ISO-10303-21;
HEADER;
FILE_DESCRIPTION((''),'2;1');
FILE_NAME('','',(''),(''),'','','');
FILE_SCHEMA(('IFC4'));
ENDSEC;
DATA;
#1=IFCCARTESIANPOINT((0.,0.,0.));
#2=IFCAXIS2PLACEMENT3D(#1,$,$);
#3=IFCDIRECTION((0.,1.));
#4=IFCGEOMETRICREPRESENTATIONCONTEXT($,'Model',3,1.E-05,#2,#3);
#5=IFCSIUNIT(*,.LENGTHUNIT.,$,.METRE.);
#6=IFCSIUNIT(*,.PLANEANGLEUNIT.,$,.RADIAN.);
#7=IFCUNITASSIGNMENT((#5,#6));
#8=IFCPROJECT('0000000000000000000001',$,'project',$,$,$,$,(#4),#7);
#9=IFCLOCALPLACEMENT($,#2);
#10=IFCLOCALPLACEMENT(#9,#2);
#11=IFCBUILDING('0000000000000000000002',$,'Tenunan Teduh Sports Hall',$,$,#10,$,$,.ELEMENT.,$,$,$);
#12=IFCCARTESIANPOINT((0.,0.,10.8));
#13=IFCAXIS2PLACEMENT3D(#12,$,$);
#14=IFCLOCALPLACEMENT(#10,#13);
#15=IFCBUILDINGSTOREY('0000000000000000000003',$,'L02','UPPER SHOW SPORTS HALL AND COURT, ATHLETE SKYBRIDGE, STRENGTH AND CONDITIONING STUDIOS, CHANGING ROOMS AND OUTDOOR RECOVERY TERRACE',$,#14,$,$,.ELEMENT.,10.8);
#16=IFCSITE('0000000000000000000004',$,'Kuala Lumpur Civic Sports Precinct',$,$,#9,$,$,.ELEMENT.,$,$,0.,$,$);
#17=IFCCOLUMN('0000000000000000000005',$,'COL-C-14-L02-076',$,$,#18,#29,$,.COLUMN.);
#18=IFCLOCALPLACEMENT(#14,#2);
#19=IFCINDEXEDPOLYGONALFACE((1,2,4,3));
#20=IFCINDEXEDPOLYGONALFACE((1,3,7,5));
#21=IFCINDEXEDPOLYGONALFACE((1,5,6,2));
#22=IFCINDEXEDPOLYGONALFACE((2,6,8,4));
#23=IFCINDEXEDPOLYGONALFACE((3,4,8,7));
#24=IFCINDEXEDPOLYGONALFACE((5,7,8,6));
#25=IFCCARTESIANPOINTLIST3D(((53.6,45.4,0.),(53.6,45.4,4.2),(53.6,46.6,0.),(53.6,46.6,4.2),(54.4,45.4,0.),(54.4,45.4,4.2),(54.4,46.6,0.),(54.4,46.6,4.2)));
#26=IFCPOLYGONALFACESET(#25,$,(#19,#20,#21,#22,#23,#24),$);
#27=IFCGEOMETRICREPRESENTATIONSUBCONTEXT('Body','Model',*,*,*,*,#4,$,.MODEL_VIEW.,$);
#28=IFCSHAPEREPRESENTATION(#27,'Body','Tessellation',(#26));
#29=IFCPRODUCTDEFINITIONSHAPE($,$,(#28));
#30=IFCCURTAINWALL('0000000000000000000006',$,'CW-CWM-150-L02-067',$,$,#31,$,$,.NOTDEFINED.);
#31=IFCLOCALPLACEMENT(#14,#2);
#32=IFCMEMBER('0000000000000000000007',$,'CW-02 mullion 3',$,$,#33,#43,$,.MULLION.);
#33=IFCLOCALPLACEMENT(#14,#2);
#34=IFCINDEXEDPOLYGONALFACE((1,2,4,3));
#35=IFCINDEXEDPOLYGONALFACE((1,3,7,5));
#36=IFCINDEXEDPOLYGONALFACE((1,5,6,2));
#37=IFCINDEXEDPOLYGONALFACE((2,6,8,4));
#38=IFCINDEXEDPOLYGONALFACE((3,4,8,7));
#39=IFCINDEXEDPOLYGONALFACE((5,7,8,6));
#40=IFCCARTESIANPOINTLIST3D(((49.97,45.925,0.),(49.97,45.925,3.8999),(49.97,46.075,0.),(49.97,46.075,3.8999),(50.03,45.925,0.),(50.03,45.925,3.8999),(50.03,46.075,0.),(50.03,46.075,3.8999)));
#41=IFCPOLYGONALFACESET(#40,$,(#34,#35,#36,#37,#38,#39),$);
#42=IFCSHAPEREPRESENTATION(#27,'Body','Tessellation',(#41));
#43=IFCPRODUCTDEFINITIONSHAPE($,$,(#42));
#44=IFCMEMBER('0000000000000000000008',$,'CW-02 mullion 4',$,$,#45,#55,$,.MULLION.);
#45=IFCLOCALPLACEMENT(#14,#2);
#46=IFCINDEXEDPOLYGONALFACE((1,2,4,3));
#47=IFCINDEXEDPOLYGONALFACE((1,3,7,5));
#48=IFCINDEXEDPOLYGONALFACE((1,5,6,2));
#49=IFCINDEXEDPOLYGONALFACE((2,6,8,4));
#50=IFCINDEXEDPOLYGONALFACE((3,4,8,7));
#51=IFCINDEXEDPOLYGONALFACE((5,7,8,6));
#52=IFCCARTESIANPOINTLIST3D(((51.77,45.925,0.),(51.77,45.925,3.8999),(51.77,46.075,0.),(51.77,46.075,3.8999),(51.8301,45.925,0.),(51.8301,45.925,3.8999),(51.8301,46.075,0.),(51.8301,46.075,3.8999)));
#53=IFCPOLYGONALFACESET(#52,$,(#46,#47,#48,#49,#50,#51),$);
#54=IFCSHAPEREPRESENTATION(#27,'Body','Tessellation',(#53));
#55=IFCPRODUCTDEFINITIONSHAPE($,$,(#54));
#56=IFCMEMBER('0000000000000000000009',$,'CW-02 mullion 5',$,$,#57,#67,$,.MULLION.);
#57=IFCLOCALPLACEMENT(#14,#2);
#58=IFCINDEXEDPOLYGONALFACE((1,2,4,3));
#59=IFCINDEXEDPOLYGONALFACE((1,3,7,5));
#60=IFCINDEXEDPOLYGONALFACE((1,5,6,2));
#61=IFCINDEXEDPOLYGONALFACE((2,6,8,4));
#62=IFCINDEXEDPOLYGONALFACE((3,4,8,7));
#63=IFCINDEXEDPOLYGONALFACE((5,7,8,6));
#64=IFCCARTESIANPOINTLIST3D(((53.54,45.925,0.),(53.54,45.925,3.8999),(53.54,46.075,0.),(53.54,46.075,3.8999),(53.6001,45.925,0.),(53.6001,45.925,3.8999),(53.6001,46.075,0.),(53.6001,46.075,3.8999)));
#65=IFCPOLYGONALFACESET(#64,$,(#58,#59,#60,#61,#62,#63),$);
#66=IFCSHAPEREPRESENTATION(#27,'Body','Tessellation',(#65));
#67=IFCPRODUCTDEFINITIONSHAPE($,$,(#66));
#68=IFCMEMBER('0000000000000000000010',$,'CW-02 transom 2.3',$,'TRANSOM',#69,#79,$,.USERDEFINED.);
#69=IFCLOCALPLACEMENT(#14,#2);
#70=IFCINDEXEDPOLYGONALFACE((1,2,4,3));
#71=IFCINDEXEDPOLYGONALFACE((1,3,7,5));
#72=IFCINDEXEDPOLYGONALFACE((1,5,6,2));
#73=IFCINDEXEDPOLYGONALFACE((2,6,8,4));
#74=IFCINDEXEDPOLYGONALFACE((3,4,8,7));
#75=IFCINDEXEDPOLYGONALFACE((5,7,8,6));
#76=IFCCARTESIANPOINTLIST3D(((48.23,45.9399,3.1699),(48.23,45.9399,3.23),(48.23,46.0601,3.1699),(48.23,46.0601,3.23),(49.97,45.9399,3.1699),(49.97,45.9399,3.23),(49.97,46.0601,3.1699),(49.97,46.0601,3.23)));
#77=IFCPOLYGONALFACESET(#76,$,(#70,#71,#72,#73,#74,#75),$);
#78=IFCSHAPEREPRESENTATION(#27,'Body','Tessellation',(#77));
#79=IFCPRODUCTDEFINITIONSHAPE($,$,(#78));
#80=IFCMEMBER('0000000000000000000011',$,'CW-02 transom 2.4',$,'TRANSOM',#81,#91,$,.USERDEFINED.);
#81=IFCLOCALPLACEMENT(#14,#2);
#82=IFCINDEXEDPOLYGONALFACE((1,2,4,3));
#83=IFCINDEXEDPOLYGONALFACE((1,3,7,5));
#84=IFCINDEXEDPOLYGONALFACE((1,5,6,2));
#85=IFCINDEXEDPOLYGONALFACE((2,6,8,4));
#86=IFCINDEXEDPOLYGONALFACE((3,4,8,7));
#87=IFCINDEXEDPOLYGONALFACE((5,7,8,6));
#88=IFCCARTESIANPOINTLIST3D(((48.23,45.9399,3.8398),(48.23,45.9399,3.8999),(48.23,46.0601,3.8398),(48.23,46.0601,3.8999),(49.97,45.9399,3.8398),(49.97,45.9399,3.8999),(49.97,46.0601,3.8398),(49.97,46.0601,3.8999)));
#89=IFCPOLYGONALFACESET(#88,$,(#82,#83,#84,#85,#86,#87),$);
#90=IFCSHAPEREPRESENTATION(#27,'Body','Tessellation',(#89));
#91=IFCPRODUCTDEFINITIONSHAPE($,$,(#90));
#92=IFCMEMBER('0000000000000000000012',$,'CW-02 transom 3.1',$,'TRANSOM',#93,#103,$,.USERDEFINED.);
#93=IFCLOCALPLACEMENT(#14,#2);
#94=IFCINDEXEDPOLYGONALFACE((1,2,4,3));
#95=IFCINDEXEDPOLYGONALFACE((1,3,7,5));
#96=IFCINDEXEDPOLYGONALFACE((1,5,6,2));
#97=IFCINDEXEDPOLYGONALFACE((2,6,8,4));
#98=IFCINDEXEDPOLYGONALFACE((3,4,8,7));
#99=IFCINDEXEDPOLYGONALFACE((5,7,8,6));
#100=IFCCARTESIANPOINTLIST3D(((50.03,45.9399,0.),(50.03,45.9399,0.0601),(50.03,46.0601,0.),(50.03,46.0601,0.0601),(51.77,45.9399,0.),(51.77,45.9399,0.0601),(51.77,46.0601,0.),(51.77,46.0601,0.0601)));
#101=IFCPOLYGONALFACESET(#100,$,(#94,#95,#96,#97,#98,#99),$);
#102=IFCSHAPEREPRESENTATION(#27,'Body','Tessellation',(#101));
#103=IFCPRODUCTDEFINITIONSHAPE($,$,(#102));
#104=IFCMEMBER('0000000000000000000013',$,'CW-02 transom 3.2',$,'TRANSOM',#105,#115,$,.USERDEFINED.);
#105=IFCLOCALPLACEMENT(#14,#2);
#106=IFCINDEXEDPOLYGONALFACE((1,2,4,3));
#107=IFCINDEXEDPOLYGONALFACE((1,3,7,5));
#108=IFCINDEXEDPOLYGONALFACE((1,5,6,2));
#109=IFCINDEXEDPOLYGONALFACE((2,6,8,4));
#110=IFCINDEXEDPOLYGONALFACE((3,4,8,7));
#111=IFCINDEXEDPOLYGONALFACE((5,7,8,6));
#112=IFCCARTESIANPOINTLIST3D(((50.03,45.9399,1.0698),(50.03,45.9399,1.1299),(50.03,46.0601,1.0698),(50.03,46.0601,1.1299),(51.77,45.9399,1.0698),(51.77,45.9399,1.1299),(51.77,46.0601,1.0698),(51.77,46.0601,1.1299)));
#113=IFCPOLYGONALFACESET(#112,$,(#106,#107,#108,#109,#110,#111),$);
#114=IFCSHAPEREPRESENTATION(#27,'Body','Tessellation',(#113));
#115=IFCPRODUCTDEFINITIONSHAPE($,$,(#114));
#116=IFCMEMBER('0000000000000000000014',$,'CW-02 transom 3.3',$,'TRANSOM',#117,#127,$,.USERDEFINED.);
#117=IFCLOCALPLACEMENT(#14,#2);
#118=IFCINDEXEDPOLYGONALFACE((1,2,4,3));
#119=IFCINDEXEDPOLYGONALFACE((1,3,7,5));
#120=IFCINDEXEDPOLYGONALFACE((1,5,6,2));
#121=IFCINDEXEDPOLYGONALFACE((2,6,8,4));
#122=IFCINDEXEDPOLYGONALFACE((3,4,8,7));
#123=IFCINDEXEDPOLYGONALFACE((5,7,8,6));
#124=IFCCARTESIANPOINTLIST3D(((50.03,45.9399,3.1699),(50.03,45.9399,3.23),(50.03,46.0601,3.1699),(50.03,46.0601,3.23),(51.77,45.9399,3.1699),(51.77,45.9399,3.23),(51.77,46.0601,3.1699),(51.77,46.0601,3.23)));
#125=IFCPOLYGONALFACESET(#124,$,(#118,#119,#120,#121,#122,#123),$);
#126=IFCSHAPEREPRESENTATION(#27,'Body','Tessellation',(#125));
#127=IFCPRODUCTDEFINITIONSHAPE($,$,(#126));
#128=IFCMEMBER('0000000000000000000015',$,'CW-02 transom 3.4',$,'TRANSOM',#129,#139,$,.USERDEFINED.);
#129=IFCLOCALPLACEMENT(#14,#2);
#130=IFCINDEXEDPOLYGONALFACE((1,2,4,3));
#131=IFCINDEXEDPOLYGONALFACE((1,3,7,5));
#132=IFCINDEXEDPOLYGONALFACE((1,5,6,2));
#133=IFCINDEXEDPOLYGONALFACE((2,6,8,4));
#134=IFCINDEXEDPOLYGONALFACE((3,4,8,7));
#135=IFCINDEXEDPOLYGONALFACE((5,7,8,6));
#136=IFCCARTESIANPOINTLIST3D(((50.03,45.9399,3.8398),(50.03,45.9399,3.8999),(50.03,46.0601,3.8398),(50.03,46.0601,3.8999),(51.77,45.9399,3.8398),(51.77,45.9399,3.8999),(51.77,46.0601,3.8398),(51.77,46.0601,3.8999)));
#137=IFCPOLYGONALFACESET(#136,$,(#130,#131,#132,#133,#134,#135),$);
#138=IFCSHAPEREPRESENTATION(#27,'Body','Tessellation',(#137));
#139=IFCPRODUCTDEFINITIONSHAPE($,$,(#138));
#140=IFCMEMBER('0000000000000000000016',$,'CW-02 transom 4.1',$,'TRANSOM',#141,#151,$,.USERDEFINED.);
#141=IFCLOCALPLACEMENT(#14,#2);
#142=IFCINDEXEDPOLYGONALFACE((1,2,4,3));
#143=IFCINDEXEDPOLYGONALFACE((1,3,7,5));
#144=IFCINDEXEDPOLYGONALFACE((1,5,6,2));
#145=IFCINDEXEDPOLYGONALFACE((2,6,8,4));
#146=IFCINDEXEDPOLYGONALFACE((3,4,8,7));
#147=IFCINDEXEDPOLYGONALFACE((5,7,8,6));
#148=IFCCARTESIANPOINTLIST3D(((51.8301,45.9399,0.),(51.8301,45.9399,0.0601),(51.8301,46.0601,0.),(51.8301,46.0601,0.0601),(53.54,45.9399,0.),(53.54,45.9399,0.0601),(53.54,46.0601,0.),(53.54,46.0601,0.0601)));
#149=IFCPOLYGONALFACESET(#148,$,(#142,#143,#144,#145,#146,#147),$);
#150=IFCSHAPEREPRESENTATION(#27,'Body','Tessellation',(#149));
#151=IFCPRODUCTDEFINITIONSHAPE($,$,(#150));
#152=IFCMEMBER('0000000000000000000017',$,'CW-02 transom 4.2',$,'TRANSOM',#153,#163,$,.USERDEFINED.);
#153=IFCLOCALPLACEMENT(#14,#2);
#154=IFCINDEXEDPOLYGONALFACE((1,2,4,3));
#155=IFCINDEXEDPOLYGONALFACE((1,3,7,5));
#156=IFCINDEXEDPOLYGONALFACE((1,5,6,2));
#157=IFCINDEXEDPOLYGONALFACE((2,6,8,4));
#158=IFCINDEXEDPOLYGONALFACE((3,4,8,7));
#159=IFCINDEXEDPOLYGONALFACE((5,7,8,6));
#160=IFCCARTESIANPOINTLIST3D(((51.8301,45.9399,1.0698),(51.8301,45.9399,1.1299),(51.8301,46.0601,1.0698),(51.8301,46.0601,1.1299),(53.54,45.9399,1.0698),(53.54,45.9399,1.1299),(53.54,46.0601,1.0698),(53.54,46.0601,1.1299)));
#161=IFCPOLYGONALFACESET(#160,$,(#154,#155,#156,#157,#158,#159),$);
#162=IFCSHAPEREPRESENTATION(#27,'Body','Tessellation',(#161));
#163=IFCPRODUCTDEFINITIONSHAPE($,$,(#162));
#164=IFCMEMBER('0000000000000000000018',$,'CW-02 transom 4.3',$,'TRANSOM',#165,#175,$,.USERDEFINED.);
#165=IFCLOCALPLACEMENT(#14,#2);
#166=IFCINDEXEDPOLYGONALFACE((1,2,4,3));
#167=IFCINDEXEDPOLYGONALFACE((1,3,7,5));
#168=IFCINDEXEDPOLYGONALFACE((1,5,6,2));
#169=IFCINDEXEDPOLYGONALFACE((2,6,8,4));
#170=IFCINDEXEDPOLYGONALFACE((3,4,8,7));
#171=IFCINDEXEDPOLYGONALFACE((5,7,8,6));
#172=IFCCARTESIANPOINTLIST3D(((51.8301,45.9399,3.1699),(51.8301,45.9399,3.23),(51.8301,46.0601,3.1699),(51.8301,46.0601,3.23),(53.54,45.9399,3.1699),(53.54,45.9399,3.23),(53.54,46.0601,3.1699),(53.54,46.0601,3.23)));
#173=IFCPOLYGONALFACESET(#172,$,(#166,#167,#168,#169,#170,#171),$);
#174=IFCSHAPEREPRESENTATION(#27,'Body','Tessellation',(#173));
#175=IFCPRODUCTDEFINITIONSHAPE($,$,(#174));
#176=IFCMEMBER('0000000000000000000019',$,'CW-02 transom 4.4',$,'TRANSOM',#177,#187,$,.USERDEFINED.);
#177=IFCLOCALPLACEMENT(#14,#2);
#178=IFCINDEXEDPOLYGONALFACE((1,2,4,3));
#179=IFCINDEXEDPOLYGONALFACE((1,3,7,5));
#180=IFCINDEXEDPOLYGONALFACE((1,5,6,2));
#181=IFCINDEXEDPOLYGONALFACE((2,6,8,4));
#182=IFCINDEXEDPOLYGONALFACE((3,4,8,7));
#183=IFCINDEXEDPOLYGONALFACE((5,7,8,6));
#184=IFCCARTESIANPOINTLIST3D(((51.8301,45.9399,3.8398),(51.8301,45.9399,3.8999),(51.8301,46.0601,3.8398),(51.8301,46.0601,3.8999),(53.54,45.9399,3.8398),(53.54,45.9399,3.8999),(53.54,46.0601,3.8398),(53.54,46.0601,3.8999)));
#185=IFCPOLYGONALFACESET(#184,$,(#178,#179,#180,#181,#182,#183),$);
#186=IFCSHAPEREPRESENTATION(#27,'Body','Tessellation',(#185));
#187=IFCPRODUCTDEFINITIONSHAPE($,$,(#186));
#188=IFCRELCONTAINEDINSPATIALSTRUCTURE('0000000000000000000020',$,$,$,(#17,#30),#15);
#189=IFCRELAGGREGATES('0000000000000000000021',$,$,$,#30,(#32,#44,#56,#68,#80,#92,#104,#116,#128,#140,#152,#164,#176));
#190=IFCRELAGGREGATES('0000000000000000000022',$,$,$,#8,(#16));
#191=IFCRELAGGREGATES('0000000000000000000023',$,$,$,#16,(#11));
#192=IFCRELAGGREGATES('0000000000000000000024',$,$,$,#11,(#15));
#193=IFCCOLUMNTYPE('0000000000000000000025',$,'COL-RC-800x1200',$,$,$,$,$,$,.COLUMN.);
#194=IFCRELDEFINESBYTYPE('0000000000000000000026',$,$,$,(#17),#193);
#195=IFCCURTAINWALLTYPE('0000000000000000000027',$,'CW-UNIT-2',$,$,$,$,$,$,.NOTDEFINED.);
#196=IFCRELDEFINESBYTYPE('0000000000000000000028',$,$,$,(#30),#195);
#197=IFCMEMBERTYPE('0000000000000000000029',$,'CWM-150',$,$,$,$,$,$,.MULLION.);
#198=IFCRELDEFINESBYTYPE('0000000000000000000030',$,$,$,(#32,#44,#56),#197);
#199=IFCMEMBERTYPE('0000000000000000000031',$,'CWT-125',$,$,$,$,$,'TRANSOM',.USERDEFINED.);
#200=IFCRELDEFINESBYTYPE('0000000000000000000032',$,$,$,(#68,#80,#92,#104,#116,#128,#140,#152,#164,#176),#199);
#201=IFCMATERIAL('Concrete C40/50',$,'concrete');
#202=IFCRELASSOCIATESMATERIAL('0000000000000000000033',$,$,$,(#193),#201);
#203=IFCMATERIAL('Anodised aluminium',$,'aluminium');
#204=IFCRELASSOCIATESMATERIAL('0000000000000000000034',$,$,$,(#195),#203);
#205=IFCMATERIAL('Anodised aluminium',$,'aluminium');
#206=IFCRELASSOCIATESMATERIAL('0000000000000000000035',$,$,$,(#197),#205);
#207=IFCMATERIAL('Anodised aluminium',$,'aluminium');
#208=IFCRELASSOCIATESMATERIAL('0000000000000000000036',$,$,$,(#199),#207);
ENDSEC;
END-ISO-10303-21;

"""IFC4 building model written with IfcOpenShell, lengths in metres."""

from ifc_helpers import new_model, si_unit, direction, frame, origin, origin_2d, place, context, subcontext, project, spatial, rectangle, extrude, material, material_profile, profile_set, type_object, element, aggregate, save


model = new_model("IFC4")

# Units and contexts
model_context = context("Model", 3, precision=1e-05, world=origin(), true_north=direction((0.0, 1.0)))
body_context = subcontext(model_context, "Body", "Model", "MODEL_VIEW")
ifc_project = project(units=[si_unit("LENGTHUNIT", "METRE"), si_unit("PLANEANGLEUNIT", "RADIAN")], contexts=[model_context])

# Site, building, storey
site_placement = place(None, origin())
site = spatial("IfcSite", under=ifc_project, at=site_placement, Name="Kuala Lumpur Civic Sports Precinct", CompositionType="ELEMENT", RefElevation=0.0)
building_placement = place(site_placement, origin())
building = spatial("IfcBuilding", under=site, at=building_placement, Name="Tenunan Teduh Sports Hall", CompositionType="ELEMENT")
storey_placement = place(building_placement, frame((0.0, 0.0, 10.8)))
storey = spatial("IfcBuildingStorey", under=building, at=storey_placement, Name="L02", Description="UPPER SHOW SPORTS HALL AND COURT, ATHLETE SKYBRIDGE, STRENGTH AND CONDITIONING STUDIOS, CHANGING ROOMS AND OUTDOOR RECOVERY TERRACE", CompositionType="ELEMENT", Elevation=10.8)

# Column
ifc_material_1 = material(Name="Concrete C40/50", Category="concrete")
ifc_material_profile_1 = material_profile(ifc_material_1, rectangle(XDim=0.8, YDim=1.2, at=origin_2d()), Name="RC 800x1200")
ifc_profile_set_1 = profile_set([ifc_material_profile_1], Name="Concrete C40/50")
column_type = type_object("IfcColumnType", Name="COL-RC-800x1200", PredefinedType="COLUMN", material=ifc_profile_set_1)
column_placement = place(storey_placement, frame((54.0, 46.0, 0.0), z_axis=(0.0, 0.0, 1.0), x_axis=(1.0, 0.0, 0.0)))
element("IfcColumn", 1, at=column_placement, inside=storey, type_object=column_type, Name="COL-C-14-L02-076", PredefinedType="COLUMN", context=body_context, shape_type="SweptSolid", body=[
    extrude(rectangle(XDim=0.8, YDim=1.2, at=origin_2d()), origin(), (0.0, 0.0, 1.0), 4.2),
])

# Curtain wall, members
ifc_material_2 = material(Name="Anodised aluminium", Category="aluminium")
curtain_wall_type = type_object("IfcCurtainWallType", Name="CW-UNIT-2", PredefinedType="NOTDEFINED", material=ifc_material_2)
curtain_wall_placement = place(storey_placement, origin())
curtain_wall = element("IfcCurtainWall", 2, at=curtain_wall_placement, inside=storey, type_object=curtain_wall_type, Name="CW-CWM-150-L02-067", PredefinedType="NOTDEFINED")
ifc_material_3 = material(Name="Anodised aluminium", Category="aluminium")
ifc_material_profile_2 = material_profile(ifc_material_3, rectangle(XDim=0.0601, YDim=0.1499, at=origin_2d()), Name="CWM 60x150")
ifc_profile_set_2 = profile_set([ifc_material_profile_2], Name="Anodised aluminium")
member_type_1 = type_object("IfcMemberType", Name="CWM-150", PredefinedType="MULLION", material=ifc_profile_set_2)
member_1_placement = place(storey_placement, frame((50.0, 46.0, 0.0), z_axis=(0.0, 0.0, 1.0), x_axis=(1.0, 0.0, 0.0)))
member_1 = element("IfcMember", 3, at=member_1_placement, type_object=member_type_1, Name="CW-02 mullion 3", PredefinedType="MULLION", context=body_context, shape_type="SweptSolid", body=[
    extrude(rectangle(XDim=0.0601, YDim=0.1499, at=origin_2d()), origin(), (0.0, 0.0, 1.0), 3.8999),
])
member_2_placement = place(storey_placement, frame((51.8, 46.0, 0.0), z_axis=(0.0, 0.0, 1.0), x_axis=(1.0, 0.0, 0.0)))
member_2 = element("IfcMember", 4, at=member_2_placement, type_object=member_type_1, Name="CW-02 mullion 4", PredefinedType="MULLION", context=body_context, shape_type="SweptSolid", body=[
    extrude(rectangle(XDim=0.0601, YDim=0.1499, at=origin_2d()), origin(), (0.0, 0.0, 1.0), 3.8999),
])
member_3_placement = place(storey_placement, frame((53.5701, 46.0, 0.0), z_axis=(0.0, 0.0, 1.0), x_axis=(1.0, 0.0, 0.0)))
member_3 = element("IfcMember", 5, at=member_3_placement, type_object=member_type_1, Name="CW-02 mullion 5", PredefinedType="MULLION", context=body_context, shape_type="SweptSolid", body=[
    extrude(rectangle(XDim=0.0601, YDim=0.1499, at=origin_2d()), origin(), (0.0, 0.0, 1.0), 3.8999),
])
ifc_material_4 = material(Name="Anodised aluminium", Category="aluminium")
ifc_material_profile_3 = material_profile(ifc_material_4, rectangle(XDim=0.0601, YDim=0.1201, at=origin_2d()), Name="CWT 60x120")
ifc_profile_set_3 = profile_set([ifc_material_profile_3], Name="Anodised aluminium")
member_type_2 = type_object("IfcMemberType", Name="CWT-125", ElementType="TRANSOM", PredefinedType="USERDEFINED", material=ifc_profile_set_3)
member_4_placement = place(storey_placement, frame((48.23, 46.0, 3.2), z_axis=(1.0, 0.0, 0.0), x_axis=(0.0, 0.0, 1.0)))
member_4 = element("IfcMember", 6, at=member_4_placement, type_object=member_type_2, Name="CW-02 transom 2.3", ObjectType="TRANSOM", PredefinedType="USERDEFINED", context=body_context, shape_type="SweptSolid", body=[
    extrude(rectangle(XDim=0.0601, YDim=0.1201, at=origin_2d()), origin(), (0.0, 0.0, 1.0), 1.74),
])
member_5_placement = place(storey_placement, frame((48.23, 46.0, 3.8699), z_axis=(1.0, 0.0, 0.0), x_axis=(0.0, 0.0, 1.0)))
member_5 = element("IfcMember", 7, at=member_5_placement, type_object=member_type_2, Name="CW-02 transom 2.4", ObjectType="TRANSOM", PredefinedType="USERDEFINED", context=body_context, shape_type="SweptSolid", body=[
    extrude(rectangle(XDim=0.0601, YDim=0.1201, at=origin_2d()), origin(), (0.0, 0.0, 1.0), 1.74),
])
member_6_placement = place(storey_placement, frame((50.03, 46.0, 0.03), z_axis=(1.0, 0.0, 0.0), x_axis=(0.0, 0.0, 1.0)))
member_6 = element("IfcMember", 8, at=member_6_placement, type_object=member_type_2, Name="CW-02 transom 3.1", ObjectType="TRANSOM", PredefinedType="USERDEFINED", context=body_context, shape_type="SweptSolid", body=[
    extrude(rectangle(XDim=0.0601, YDim=0.1201, at=origin_2d()), origin(), (0.0, 0.0, 1.0), 1.74),
])
member_7_placement = place(storey_placement, frame((50.03, 46.0, 1.0999), z_axis=(1.0, 0.0, 0.0), x_axis=(0.0, 0.0, 1.0)))
member_7 = element("IfcMember", 9, at=member_7_placement, type_object=member_type_2, Name="CW-02 transom 3.2", ObjectType="TRANSOM", PredefinedType="USERDEFINED", context=body_context, shape_type="SweptSolid", body=[
    extrude(rectangle(XDim=0.0601, YDim=0.1201, at=origin_2d()), origin(), (0.0, 0.0, 1.0), 1.74),
])
member_8_placement = place(storey_placement, frame((50.03, 46.0, 3.2), z_axis=(1.0, 0.0, 0.0), x_axis=(0.0, 0.0, 1.0)))
member_8 = element("IfcMember", 10, at=member_8_placement, type_object=member_type_2, Name="CW-02 transom 3.3", ObjectType="TRANSOM", PredefinedType="USERDEFINED", context=body_context, shape_type="SweptSolid", body=[
    extrude(rectangle(XDim=0.0601, YDim=0.1201, at=origin_2d()), origin(), (0.0, 0.0, 1.0), 1.74),
])
member_9_placement = place(storey_placement, frame((50.03, 46.0, 3.8699), z_axis=(1.0, 0.0, 0.0), x_axis=(0.0, 0.0, 1.0)))
member_9 = element("IfcMember", 11, at=member_9_placement, type_object=member_type_2, Name="CW-02 transom 3.4", ObjectType="TRANSOM", PredefinedType="USERDEFINED", context=body_context, shape_type="SweptSolid", body=[
    extrude(rectangle(XDim=0.0601, YDim=0.1201, at=origin_2d()), origin(), (0.0, 0.0, 1.0), 1.74),
])
member_10_placement = place(storey_placement, frame((51.8301, 46.0, 0.03), z_axis=(1.0, 0.0, 0.0), x_axis=(0.0, 0.0, 1.0)))
member_10 = element("IfcMember", 12, at=member_10_placement, type_object=member_type_2, Name="CW-02 transom 4.1", ObjectType="TRANSOM", PredefinedType="USERDEFINED", context=body_context, shape_type="SweptSolid", body=[
    extrude(rectangle(XDim=0.0601, YDim=0.1201, at=origin_2d()), origin(), (0.0, 0.0, 1.0), 1.71),
])
member_11_placement = place(storey_placement, frame((51.8301, 46.0, 1.0999), z_axis=(1.0, 0.0, 0.0), x_axis=(0.0, 0.0, 1.0)))
member_11 = element("IfcMember", 13, at=member_11_placement, type_object=member_type_2, Name="CW-02 transom 4.2", ObjectType="TRANSOM", PredefinedType="USERDEFINED", context=body_context, shape_type="SweptSolid", body=[
    extrude(rectangle(XDim=0.0601, YDim=0.1201, at=origin_2d()), origin(), (0.0, 0.0, 1.0), 1.71),
])
member_12_placement = place(storey_placement, frame((51.8301, 46.0, 3.2), z_axis=(1.0, 0.0, 0.0), x_axis=(0.0, 0.0, 1.0)))
member_12 = element("IfcMember", 14, at=member_12_placement, type_object=member_type_2, Name="CW-02 transom 4.3", ObjectType="TRANSOM", PredefinedType="USERDEFINED", context=body_context, shape_type="SweptSolid", body=[
    extrude(rectangle(XDim=0.0601, YDim=0.1201, at=origin_2d()), origin(), (0.0, 0.0, 1.0), 1.71),
])
member_13_placement = place(storey_placement, frame((51.8301, 46.0, 3.8699), z_axis=(1.0, 0.0, 0.0), x_axis=(0.0, 0.0, 1.0)))
member_13 = element("IfcMember", 15, at=member_13_placement, type_object=member_type_2, Name="CW-02 transom 4.4", ObjectType="TRANSOM", PredefinedType="USERDEFINED", context=body_context, shape_type="SweptSolid", body=[
    extrude(rectangle(XDim=0.0601, YDim=0.1201, at=origin_2d()), origin(), (0.0, 0.0, 1.0), 1.71),
])
aggregate(curtain_wall, [member_1, member_2, member_3, member_4, member_5, member_6, member_7, member_8, member_9, member_10, member_11, member_12, member_13])

save(model, "model.ifc")
